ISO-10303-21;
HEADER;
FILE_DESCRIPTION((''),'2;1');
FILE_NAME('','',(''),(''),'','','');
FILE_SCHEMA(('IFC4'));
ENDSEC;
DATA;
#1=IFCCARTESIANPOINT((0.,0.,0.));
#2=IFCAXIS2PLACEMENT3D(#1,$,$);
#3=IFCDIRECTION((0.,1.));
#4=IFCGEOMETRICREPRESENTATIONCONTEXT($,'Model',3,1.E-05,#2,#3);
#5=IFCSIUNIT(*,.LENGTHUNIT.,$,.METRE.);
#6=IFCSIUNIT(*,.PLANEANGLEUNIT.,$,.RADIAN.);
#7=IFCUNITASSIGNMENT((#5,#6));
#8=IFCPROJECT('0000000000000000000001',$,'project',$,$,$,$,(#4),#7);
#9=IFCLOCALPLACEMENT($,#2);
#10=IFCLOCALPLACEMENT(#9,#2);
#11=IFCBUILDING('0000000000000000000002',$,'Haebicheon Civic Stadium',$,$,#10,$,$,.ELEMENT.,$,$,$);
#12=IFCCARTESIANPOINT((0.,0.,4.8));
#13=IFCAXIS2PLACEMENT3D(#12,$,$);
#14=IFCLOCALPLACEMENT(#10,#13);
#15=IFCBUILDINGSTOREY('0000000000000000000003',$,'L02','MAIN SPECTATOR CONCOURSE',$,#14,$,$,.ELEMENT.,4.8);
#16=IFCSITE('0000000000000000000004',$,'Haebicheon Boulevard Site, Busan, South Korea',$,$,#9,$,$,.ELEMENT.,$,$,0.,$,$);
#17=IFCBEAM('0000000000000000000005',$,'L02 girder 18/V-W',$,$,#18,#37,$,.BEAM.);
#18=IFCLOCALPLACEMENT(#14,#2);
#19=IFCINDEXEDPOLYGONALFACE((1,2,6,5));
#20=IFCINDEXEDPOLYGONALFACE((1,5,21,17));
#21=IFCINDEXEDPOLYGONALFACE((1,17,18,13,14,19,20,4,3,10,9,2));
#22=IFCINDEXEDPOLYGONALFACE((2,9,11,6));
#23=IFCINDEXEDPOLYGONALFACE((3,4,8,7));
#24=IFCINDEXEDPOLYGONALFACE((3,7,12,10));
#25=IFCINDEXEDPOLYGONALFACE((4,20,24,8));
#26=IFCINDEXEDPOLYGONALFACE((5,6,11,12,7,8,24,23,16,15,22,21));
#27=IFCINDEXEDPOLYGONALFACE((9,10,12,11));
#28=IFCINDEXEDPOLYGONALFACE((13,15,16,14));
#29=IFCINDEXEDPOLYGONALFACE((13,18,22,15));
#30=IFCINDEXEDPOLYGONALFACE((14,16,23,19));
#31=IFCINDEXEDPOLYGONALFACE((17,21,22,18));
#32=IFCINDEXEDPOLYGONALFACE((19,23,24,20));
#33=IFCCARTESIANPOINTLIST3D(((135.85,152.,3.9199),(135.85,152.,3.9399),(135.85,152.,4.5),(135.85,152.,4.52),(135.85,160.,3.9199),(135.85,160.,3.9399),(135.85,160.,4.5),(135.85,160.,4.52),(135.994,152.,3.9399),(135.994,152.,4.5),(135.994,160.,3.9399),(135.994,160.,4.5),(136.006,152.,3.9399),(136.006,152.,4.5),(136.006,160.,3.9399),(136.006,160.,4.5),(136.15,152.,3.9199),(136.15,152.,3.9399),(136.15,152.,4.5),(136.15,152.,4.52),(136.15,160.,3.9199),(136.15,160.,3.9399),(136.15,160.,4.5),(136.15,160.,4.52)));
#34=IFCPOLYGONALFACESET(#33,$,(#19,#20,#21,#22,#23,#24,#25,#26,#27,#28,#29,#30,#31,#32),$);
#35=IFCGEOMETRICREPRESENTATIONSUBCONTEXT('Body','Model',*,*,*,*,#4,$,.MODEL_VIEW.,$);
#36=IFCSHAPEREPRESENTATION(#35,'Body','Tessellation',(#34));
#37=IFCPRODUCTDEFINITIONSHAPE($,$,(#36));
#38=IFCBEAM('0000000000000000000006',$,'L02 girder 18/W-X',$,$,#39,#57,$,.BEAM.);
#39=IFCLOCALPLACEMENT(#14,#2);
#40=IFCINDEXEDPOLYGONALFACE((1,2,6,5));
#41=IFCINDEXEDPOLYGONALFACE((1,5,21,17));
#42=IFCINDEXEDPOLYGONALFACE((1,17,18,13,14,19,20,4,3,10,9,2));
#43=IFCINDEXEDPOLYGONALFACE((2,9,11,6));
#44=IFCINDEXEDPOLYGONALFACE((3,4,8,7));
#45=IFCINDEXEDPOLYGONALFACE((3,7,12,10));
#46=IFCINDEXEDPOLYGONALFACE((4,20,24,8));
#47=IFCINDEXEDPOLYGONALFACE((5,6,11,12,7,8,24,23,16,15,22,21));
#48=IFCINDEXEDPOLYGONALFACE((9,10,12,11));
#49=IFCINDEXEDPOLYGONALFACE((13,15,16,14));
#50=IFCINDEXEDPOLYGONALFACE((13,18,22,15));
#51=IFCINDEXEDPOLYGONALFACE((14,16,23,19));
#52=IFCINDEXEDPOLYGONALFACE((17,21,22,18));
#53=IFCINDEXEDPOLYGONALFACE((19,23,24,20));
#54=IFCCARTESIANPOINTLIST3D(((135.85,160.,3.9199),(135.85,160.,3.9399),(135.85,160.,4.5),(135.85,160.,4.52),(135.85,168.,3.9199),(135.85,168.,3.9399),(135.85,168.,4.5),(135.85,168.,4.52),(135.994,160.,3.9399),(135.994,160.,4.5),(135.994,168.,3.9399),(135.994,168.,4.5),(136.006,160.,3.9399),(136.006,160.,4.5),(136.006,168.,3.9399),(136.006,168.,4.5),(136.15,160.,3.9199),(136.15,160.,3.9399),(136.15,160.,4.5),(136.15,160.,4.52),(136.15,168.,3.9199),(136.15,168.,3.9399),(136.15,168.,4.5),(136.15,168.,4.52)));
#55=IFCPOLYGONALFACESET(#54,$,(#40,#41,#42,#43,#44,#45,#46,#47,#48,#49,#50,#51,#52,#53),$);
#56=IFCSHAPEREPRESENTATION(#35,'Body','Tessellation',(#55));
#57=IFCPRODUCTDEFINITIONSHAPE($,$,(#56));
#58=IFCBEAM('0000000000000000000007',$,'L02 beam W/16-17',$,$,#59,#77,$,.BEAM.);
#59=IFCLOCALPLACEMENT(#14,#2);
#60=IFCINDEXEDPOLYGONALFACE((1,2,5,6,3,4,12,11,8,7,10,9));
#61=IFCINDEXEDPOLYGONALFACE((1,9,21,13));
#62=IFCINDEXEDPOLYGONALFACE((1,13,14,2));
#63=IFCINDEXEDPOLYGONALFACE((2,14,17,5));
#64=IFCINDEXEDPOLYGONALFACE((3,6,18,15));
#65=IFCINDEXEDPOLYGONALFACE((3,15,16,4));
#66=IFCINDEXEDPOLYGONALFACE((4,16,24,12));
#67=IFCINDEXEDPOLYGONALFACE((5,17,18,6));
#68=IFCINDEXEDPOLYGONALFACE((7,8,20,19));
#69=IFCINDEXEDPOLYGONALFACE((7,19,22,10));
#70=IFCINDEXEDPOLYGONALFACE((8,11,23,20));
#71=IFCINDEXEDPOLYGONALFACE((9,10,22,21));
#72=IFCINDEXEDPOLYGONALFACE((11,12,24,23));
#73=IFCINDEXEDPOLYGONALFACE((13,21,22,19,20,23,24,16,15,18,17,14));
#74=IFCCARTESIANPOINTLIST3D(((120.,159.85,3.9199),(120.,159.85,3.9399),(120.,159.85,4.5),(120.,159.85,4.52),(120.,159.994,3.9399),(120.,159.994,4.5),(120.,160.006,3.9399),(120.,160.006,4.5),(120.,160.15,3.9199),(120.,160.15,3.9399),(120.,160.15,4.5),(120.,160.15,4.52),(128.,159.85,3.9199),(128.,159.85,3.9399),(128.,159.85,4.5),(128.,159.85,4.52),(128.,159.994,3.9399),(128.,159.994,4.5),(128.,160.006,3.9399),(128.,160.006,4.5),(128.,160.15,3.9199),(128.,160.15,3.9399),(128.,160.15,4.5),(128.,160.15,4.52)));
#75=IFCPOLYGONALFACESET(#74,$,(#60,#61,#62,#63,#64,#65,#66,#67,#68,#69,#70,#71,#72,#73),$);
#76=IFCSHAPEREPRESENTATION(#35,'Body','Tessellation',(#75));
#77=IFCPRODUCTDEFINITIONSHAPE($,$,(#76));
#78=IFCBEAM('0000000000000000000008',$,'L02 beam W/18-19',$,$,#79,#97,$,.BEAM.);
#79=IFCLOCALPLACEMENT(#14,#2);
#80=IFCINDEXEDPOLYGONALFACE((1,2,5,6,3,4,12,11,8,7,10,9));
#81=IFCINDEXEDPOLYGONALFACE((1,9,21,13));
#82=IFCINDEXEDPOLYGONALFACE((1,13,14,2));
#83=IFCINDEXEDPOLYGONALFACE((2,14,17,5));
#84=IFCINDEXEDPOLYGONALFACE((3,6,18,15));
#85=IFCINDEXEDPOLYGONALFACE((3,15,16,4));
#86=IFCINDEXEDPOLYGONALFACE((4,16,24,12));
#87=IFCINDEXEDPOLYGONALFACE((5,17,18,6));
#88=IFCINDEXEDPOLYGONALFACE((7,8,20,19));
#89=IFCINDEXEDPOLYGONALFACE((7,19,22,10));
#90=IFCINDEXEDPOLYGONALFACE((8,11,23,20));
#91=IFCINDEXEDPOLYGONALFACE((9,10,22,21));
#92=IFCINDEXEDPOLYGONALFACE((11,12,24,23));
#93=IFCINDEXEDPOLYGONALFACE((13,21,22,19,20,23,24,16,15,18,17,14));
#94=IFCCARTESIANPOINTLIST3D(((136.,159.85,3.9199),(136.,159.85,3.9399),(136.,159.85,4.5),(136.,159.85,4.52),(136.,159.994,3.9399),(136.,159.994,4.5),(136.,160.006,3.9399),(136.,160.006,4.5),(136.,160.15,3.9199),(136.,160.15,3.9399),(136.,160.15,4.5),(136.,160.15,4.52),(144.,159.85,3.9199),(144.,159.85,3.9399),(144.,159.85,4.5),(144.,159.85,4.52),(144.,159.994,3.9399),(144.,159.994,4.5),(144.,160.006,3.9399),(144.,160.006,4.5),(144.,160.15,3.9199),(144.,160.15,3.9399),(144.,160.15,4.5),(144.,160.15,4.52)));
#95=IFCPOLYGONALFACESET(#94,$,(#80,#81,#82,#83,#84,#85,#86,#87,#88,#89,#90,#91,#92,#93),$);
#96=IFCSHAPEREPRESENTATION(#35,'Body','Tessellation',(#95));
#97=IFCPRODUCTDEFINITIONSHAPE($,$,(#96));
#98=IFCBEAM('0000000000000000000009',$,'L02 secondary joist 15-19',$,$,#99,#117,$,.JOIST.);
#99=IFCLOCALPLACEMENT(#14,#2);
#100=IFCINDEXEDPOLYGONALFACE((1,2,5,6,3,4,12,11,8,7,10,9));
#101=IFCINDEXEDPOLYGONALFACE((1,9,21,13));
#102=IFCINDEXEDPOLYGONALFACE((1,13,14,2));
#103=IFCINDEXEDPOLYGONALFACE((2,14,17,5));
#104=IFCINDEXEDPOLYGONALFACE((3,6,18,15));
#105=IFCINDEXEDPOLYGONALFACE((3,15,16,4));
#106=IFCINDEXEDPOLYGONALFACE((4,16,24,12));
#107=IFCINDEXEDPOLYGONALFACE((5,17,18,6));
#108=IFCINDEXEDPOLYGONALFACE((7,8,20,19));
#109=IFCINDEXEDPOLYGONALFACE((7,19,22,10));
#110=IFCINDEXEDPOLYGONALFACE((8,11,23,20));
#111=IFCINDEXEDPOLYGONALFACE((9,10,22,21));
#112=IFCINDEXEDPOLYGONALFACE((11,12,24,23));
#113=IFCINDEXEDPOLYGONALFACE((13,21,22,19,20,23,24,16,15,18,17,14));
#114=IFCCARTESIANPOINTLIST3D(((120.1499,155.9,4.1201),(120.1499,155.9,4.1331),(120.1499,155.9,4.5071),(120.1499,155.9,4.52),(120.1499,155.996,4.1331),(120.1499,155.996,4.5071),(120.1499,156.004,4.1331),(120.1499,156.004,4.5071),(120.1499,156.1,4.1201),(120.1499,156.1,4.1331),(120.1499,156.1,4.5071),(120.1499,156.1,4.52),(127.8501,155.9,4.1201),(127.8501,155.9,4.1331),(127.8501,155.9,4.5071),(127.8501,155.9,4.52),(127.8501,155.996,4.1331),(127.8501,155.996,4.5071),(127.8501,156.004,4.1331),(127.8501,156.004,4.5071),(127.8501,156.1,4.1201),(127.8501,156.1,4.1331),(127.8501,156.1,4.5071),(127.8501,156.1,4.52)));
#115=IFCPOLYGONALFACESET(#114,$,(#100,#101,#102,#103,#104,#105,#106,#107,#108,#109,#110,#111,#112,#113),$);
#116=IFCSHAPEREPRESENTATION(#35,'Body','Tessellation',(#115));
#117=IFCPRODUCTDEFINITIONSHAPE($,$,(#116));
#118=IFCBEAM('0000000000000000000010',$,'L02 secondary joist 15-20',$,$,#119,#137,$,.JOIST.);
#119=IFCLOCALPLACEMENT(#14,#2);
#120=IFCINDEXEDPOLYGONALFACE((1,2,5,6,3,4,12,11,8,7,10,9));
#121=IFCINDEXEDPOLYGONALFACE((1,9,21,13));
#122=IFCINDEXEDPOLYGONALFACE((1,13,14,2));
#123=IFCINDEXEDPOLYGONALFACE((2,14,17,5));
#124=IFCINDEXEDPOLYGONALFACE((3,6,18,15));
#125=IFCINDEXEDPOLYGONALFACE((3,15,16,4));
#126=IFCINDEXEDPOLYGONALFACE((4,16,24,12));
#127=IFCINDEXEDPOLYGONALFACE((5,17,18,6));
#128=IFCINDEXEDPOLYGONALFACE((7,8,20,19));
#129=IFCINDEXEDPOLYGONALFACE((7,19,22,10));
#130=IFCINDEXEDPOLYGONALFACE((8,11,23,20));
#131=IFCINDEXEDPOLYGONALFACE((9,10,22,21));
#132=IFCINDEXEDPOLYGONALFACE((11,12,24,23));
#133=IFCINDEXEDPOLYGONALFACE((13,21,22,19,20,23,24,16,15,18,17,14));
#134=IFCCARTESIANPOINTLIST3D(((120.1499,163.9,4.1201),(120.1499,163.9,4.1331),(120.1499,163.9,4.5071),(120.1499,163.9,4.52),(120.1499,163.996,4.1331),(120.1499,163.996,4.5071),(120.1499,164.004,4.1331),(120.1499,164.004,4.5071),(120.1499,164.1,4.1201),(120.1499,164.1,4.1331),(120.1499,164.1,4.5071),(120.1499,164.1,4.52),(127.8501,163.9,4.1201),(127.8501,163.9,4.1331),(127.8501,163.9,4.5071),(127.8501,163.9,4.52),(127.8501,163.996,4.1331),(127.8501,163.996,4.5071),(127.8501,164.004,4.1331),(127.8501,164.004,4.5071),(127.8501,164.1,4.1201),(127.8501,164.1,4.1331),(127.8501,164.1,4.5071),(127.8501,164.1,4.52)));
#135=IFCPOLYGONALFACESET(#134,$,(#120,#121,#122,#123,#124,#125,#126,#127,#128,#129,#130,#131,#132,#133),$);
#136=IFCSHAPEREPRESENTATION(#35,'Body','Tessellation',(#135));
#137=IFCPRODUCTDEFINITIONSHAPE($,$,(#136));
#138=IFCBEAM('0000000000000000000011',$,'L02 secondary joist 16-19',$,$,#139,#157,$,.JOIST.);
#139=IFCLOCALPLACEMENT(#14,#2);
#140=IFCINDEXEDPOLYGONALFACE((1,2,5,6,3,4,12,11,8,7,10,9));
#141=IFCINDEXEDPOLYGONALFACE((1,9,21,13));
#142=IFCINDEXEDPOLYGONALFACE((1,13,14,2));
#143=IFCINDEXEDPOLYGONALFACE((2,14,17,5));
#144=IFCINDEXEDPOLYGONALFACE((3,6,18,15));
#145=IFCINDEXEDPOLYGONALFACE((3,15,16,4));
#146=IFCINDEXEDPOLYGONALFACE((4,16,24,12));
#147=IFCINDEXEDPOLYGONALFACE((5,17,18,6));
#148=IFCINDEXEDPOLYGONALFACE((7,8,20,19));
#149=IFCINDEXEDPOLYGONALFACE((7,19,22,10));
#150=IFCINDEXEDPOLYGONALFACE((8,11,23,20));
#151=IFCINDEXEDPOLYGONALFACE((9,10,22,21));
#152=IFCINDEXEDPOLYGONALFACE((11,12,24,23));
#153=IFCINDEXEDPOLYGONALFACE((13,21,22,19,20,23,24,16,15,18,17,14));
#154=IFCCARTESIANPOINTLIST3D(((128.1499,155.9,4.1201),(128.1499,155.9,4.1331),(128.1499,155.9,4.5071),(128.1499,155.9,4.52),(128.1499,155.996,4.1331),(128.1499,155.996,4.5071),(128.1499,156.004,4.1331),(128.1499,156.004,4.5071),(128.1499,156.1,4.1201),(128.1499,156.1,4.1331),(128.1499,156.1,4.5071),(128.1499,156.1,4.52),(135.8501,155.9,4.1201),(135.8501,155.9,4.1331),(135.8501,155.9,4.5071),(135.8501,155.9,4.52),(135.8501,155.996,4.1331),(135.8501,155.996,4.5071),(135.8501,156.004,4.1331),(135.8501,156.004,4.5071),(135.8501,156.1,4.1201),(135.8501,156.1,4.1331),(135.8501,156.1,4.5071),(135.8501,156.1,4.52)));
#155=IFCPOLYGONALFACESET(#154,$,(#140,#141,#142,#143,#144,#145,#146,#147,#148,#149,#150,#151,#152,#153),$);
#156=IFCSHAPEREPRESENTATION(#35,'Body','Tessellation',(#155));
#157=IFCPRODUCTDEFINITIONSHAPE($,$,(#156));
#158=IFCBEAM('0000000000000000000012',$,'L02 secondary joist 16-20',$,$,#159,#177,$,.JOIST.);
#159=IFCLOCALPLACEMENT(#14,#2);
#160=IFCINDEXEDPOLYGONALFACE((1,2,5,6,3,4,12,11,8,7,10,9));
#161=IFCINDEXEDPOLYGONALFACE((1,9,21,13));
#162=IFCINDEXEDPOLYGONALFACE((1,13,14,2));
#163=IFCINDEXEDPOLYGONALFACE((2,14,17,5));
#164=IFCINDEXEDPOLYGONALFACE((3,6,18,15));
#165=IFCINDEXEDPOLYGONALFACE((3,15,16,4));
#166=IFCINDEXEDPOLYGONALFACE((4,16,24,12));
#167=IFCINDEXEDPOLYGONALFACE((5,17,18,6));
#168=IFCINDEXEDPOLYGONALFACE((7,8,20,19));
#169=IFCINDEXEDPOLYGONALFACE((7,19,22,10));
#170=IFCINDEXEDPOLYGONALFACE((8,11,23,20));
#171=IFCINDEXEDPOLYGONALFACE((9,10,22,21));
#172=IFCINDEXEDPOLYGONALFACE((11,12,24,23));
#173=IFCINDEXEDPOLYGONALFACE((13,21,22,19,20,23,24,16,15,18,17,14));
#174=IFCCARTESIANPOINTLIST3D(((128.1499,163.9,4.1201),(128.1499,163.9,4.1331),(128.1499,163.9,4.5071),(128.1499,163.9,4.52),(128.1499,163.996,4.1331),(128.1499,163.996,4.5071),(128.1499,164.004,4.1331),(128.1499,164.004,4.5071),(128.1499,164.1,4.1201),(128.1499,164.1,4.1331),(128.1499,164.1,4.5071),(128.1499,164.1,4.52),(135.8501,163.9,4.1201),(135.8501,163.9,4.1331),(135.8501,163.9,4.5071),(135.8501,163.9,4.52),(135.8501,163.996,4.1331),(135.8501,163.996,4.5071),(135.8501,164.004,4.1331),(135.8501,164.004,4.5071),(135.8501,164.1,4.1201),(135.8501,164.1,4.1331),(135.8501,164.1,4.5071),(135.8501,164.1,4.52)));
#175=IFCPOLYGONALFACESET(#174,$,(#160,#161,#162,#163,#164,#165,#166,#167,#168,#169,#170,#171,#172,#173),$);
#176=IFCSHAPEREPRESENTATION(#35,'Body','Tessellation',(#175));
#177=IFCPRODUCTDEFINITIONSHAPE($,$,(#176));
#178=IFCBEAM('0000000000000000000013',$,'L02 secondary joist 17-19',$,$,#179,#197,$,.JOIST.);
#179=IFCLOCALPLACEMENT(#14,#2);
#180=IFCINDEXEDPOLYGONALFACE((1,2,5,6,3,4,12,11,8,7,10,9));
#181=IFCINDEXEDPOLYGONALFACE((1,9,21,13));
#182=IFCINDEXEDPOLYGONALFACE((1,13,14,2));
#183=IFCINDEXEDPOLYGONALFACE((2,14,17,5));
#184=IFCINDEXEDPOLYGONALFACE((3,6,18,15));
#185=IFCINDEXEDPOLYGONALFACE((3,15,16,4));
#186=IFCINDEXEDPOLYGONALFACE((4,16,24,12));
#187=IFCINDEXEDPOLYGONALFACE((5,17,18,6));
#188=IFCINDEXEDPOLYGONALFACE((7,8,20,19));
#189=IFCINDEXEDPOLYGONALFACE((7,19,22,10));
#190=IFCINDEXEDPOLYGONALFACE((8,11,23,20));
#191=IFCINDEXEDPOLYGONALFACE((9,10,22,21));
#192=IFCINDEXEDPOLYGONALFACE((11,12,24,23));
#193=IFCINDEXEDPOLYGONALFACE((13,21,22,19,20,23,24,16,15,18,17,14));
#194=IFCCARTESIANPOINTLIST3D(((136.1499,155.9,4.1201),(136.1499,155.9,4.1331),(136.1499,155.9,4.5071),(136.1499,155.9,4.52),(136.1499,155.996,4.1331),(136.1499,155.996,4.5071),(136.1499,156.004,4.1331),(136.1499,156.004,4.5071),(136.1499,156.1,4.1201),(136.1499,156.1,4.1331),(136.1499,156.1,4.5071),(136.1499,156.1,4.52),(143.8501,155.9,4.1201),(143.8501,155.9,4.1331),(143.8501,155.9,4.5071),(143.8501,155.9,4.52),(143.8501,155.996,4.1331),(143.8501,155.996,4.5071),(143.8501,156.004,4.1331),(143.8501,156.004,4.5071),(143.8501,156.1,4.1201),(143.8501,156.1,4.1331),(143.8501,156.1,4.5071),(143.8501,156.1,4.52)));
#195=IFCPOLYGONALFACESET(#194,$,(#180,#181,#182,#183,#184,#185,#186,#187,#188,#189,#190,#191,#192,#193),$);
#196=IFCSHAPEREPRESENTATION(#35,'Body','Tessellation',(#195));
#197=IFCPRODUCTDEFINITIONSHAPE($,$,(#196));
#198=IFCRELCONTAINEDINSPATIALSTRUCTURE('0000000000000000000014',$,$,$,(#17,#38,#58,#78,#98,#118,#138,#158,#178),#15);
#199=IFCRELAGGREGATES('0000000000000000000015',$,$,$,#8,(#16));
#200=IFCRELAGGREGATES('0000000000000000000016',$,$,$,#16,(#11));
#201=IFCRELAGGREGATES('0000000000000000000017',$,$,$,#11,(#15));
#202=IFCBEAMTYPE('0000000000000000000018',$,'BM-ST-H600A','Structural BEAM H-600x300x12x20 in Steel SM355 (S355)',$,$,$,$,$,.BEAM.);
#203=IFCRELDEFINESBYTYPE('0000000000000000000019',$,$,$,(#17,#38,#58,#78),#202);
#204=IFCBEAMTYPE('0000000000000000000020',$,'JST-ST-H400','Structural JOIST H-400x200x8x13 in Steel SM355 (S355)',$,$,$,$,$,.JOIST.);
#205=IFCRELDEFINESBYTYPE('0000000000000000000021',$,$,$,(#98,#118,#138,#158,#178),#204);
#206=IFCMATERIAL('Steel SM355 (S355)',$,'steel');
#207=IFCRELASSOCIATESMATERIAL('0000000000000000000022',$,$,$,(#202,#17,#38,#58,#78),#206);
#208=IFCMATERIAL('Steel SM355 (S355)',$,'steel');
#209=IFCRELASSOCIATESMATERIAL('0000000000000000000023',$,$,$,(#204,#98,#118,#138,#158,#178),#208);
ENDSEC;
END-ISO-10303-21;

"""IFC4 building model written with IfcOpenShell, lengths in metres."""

from ifc_helpers import new_model, si_unit, direction, frame, origin, origin_2d, place, context, subcontext, project, spatial, i_section, extrude, material, material_profile, profile_set, type_object, element, save


model = new_model("IFC4")

# Units and contexts
model_context = context("Model", 3, precision=1e-05, world=origin(), true_north=direction((0.0, 1.0)))
body_context = subcontext(model_context, "Body", "Model", "MODEL_VIEW")
ifc_project = project(units=[si_unit("LENGTHUNIT", "METRE"), si_unit("PLANEANGLEUNIT", "RADIAN")], contexts=[model_context])

# Site, building, storey
site_placement = place(None, origin())
site = spatial("IfcSite", under=ifc_project, at=site_placement, Name="Haebicheon Boulevard Site, Busan, South Korea", CompositionType="ELEMENT", RefElevation=0.0)
building_placement = place(site_placement, origin())
building = spatial("IfcBuilding", under=site, at=building_placement, Name="Haebicheon Civic Stadium", CompositionType="ELEMENT")
storey_placement = place(building_placement, frame((0.0, 0.0, 4.8)))
storey = spatial("IfcBuildingStorey", under=building, at=storey_placement, Name="L02", Description="MAIN SPECTATOR CONCOURSE", CompositionType="ELEMENT", Elevation=4.8)

# Beams
ifc_material_1 = material(Name="Steel SM355 (S355)", Category="steel")
ifc_material_profile_1 = material_profile(ifc_material_1, i_section(OverallWidth=0.3, OverallDepth=0.6001, WebThickness=0.012, FlangeThickness=0.02, at=origin_2d()), Name="H-600x300x12x20")
ifc_profile_set_1 = profile_set([ifc_material_profile_1], Name="Steel SM355 (S355)")
beam_type_1 = type_object("IfcBeamType", Name="BM-ST-H600A", Description="Structural BEAM H-600x300x12x20 in Steel SM355 (S355)", PredefinedType="BEAM", material=ifc_profile_set_1)
for number, where, z_axis, x_axis, name in (
    (1, (136.0, 152.0, 4.22), (0.0, 1.0, 0.0), (-1.0, 0.0, 0.0), "L02 girder 18/V-W"),
    (2, (136.0, 160.0, 4.22), (0.0, 1.0, 0.0), (-1.0, 0.0, 0.0), "L02 girder 18/W-X"),
    (3, (120.0, 160.0, 4.22), (1.0, 0.0, 0.0), (0.0, 1.0, 0.0), "L02 beam W/16-17"),
    (4, (136.0, 160.0, 4.22), (1.0, 0.0, 0.0), (0.0, 1.0, 0.0), "L02 beam W/18-19"),
):
    element("IfcBeam", number, at=place(storey_placement, frame(where, z_axis=z_axis, x_axis=x_axis)), inside=storey, type_object=beam_type_1, material=ifc_profile_set_1, Name=name, PredefinedType="BEAM", context=body_context, shape_type="SweptSolid", body=[
        extrude(i_section(OverallWidth=0.3, OverallDepth=0.6001, WebThickness=0.012, FlangeThickness=0.02, at=origin_2d()), origin(), (0.0, 0.0, 1.0), 8.0),
    ])
ifc_material_2 = material(Name="Steel SM355 (S355)", Category="steel")
ifc_material_profile_2 = material_profile(ifc_material_2, i_section(OverallWidth=0.2, OverallDepth=0.3999, WebThickness=0.0081, FlangeThickness=0.0129, at=origin_2d()), Name="H-400x200x8x13")
ifc_profile_set_2 = profile_set([ifc_material_profile_2], Name="Steel SM355 (S355)")
beam_type_2 = type_object("IfcBeamType", Name="JST-ST-H400", Description="Structural JOIST H-400x200x8x13 in Steel SM355 (S355)", PredefinedType="JOIST", material=ifc_profile_set_2)
for number, where, z_axis, x_axis, name in (
    (5, (120.1499, 156.0, 4.3201), (1.0, 0.0, 0.0), (0.0, 1.0, 0.0), "L02 secondary joist 15-19"),
    (6, (120.1499, 164.0, 4.3201), (1.0, 0.0, 0.0), (0.0, 1.0, 0.0), "L02 secondary joist 15-20"),
    (7, (128.1499, 156.0, 4.3201), (1.0, 0.0, 0.0), (0.0, 1.0, 0.0), "L02 secondary joist 16-19"),
    (8, (128.1499, 164.0, 4.3201), (1.0, 0.0, 0.0), (0.0, 1.0, 0.0), "L02 secondary joist 16-20"),
    (9, (136.1499, 156.0, 4.3201), (1.0, 0.0, 0.0), (0.0, 1.0, 0.0), "L02 secondary joist 17-19"),
):
    element("IfcBeam", number, at=place(storey_placement, frame(where, z_axis=z_axis, x_axis=x_axis)), inside=storey, type_object=beam_type_2, material=ifc_profile_set_2, Name=name, PredefinedType="JOIST", context=body_context, shape_type="SweptSolid", body=[
        extrude(i_section(OverallWidth=0.2, OverallDepth=0.3999, WebThickness=0.0081, FlangeThickness=0.0129, at=origin_2d()), origin(), (0.0, 0.0, 1.0), 7.7002),
    ])

save(model, "model.ifc")
